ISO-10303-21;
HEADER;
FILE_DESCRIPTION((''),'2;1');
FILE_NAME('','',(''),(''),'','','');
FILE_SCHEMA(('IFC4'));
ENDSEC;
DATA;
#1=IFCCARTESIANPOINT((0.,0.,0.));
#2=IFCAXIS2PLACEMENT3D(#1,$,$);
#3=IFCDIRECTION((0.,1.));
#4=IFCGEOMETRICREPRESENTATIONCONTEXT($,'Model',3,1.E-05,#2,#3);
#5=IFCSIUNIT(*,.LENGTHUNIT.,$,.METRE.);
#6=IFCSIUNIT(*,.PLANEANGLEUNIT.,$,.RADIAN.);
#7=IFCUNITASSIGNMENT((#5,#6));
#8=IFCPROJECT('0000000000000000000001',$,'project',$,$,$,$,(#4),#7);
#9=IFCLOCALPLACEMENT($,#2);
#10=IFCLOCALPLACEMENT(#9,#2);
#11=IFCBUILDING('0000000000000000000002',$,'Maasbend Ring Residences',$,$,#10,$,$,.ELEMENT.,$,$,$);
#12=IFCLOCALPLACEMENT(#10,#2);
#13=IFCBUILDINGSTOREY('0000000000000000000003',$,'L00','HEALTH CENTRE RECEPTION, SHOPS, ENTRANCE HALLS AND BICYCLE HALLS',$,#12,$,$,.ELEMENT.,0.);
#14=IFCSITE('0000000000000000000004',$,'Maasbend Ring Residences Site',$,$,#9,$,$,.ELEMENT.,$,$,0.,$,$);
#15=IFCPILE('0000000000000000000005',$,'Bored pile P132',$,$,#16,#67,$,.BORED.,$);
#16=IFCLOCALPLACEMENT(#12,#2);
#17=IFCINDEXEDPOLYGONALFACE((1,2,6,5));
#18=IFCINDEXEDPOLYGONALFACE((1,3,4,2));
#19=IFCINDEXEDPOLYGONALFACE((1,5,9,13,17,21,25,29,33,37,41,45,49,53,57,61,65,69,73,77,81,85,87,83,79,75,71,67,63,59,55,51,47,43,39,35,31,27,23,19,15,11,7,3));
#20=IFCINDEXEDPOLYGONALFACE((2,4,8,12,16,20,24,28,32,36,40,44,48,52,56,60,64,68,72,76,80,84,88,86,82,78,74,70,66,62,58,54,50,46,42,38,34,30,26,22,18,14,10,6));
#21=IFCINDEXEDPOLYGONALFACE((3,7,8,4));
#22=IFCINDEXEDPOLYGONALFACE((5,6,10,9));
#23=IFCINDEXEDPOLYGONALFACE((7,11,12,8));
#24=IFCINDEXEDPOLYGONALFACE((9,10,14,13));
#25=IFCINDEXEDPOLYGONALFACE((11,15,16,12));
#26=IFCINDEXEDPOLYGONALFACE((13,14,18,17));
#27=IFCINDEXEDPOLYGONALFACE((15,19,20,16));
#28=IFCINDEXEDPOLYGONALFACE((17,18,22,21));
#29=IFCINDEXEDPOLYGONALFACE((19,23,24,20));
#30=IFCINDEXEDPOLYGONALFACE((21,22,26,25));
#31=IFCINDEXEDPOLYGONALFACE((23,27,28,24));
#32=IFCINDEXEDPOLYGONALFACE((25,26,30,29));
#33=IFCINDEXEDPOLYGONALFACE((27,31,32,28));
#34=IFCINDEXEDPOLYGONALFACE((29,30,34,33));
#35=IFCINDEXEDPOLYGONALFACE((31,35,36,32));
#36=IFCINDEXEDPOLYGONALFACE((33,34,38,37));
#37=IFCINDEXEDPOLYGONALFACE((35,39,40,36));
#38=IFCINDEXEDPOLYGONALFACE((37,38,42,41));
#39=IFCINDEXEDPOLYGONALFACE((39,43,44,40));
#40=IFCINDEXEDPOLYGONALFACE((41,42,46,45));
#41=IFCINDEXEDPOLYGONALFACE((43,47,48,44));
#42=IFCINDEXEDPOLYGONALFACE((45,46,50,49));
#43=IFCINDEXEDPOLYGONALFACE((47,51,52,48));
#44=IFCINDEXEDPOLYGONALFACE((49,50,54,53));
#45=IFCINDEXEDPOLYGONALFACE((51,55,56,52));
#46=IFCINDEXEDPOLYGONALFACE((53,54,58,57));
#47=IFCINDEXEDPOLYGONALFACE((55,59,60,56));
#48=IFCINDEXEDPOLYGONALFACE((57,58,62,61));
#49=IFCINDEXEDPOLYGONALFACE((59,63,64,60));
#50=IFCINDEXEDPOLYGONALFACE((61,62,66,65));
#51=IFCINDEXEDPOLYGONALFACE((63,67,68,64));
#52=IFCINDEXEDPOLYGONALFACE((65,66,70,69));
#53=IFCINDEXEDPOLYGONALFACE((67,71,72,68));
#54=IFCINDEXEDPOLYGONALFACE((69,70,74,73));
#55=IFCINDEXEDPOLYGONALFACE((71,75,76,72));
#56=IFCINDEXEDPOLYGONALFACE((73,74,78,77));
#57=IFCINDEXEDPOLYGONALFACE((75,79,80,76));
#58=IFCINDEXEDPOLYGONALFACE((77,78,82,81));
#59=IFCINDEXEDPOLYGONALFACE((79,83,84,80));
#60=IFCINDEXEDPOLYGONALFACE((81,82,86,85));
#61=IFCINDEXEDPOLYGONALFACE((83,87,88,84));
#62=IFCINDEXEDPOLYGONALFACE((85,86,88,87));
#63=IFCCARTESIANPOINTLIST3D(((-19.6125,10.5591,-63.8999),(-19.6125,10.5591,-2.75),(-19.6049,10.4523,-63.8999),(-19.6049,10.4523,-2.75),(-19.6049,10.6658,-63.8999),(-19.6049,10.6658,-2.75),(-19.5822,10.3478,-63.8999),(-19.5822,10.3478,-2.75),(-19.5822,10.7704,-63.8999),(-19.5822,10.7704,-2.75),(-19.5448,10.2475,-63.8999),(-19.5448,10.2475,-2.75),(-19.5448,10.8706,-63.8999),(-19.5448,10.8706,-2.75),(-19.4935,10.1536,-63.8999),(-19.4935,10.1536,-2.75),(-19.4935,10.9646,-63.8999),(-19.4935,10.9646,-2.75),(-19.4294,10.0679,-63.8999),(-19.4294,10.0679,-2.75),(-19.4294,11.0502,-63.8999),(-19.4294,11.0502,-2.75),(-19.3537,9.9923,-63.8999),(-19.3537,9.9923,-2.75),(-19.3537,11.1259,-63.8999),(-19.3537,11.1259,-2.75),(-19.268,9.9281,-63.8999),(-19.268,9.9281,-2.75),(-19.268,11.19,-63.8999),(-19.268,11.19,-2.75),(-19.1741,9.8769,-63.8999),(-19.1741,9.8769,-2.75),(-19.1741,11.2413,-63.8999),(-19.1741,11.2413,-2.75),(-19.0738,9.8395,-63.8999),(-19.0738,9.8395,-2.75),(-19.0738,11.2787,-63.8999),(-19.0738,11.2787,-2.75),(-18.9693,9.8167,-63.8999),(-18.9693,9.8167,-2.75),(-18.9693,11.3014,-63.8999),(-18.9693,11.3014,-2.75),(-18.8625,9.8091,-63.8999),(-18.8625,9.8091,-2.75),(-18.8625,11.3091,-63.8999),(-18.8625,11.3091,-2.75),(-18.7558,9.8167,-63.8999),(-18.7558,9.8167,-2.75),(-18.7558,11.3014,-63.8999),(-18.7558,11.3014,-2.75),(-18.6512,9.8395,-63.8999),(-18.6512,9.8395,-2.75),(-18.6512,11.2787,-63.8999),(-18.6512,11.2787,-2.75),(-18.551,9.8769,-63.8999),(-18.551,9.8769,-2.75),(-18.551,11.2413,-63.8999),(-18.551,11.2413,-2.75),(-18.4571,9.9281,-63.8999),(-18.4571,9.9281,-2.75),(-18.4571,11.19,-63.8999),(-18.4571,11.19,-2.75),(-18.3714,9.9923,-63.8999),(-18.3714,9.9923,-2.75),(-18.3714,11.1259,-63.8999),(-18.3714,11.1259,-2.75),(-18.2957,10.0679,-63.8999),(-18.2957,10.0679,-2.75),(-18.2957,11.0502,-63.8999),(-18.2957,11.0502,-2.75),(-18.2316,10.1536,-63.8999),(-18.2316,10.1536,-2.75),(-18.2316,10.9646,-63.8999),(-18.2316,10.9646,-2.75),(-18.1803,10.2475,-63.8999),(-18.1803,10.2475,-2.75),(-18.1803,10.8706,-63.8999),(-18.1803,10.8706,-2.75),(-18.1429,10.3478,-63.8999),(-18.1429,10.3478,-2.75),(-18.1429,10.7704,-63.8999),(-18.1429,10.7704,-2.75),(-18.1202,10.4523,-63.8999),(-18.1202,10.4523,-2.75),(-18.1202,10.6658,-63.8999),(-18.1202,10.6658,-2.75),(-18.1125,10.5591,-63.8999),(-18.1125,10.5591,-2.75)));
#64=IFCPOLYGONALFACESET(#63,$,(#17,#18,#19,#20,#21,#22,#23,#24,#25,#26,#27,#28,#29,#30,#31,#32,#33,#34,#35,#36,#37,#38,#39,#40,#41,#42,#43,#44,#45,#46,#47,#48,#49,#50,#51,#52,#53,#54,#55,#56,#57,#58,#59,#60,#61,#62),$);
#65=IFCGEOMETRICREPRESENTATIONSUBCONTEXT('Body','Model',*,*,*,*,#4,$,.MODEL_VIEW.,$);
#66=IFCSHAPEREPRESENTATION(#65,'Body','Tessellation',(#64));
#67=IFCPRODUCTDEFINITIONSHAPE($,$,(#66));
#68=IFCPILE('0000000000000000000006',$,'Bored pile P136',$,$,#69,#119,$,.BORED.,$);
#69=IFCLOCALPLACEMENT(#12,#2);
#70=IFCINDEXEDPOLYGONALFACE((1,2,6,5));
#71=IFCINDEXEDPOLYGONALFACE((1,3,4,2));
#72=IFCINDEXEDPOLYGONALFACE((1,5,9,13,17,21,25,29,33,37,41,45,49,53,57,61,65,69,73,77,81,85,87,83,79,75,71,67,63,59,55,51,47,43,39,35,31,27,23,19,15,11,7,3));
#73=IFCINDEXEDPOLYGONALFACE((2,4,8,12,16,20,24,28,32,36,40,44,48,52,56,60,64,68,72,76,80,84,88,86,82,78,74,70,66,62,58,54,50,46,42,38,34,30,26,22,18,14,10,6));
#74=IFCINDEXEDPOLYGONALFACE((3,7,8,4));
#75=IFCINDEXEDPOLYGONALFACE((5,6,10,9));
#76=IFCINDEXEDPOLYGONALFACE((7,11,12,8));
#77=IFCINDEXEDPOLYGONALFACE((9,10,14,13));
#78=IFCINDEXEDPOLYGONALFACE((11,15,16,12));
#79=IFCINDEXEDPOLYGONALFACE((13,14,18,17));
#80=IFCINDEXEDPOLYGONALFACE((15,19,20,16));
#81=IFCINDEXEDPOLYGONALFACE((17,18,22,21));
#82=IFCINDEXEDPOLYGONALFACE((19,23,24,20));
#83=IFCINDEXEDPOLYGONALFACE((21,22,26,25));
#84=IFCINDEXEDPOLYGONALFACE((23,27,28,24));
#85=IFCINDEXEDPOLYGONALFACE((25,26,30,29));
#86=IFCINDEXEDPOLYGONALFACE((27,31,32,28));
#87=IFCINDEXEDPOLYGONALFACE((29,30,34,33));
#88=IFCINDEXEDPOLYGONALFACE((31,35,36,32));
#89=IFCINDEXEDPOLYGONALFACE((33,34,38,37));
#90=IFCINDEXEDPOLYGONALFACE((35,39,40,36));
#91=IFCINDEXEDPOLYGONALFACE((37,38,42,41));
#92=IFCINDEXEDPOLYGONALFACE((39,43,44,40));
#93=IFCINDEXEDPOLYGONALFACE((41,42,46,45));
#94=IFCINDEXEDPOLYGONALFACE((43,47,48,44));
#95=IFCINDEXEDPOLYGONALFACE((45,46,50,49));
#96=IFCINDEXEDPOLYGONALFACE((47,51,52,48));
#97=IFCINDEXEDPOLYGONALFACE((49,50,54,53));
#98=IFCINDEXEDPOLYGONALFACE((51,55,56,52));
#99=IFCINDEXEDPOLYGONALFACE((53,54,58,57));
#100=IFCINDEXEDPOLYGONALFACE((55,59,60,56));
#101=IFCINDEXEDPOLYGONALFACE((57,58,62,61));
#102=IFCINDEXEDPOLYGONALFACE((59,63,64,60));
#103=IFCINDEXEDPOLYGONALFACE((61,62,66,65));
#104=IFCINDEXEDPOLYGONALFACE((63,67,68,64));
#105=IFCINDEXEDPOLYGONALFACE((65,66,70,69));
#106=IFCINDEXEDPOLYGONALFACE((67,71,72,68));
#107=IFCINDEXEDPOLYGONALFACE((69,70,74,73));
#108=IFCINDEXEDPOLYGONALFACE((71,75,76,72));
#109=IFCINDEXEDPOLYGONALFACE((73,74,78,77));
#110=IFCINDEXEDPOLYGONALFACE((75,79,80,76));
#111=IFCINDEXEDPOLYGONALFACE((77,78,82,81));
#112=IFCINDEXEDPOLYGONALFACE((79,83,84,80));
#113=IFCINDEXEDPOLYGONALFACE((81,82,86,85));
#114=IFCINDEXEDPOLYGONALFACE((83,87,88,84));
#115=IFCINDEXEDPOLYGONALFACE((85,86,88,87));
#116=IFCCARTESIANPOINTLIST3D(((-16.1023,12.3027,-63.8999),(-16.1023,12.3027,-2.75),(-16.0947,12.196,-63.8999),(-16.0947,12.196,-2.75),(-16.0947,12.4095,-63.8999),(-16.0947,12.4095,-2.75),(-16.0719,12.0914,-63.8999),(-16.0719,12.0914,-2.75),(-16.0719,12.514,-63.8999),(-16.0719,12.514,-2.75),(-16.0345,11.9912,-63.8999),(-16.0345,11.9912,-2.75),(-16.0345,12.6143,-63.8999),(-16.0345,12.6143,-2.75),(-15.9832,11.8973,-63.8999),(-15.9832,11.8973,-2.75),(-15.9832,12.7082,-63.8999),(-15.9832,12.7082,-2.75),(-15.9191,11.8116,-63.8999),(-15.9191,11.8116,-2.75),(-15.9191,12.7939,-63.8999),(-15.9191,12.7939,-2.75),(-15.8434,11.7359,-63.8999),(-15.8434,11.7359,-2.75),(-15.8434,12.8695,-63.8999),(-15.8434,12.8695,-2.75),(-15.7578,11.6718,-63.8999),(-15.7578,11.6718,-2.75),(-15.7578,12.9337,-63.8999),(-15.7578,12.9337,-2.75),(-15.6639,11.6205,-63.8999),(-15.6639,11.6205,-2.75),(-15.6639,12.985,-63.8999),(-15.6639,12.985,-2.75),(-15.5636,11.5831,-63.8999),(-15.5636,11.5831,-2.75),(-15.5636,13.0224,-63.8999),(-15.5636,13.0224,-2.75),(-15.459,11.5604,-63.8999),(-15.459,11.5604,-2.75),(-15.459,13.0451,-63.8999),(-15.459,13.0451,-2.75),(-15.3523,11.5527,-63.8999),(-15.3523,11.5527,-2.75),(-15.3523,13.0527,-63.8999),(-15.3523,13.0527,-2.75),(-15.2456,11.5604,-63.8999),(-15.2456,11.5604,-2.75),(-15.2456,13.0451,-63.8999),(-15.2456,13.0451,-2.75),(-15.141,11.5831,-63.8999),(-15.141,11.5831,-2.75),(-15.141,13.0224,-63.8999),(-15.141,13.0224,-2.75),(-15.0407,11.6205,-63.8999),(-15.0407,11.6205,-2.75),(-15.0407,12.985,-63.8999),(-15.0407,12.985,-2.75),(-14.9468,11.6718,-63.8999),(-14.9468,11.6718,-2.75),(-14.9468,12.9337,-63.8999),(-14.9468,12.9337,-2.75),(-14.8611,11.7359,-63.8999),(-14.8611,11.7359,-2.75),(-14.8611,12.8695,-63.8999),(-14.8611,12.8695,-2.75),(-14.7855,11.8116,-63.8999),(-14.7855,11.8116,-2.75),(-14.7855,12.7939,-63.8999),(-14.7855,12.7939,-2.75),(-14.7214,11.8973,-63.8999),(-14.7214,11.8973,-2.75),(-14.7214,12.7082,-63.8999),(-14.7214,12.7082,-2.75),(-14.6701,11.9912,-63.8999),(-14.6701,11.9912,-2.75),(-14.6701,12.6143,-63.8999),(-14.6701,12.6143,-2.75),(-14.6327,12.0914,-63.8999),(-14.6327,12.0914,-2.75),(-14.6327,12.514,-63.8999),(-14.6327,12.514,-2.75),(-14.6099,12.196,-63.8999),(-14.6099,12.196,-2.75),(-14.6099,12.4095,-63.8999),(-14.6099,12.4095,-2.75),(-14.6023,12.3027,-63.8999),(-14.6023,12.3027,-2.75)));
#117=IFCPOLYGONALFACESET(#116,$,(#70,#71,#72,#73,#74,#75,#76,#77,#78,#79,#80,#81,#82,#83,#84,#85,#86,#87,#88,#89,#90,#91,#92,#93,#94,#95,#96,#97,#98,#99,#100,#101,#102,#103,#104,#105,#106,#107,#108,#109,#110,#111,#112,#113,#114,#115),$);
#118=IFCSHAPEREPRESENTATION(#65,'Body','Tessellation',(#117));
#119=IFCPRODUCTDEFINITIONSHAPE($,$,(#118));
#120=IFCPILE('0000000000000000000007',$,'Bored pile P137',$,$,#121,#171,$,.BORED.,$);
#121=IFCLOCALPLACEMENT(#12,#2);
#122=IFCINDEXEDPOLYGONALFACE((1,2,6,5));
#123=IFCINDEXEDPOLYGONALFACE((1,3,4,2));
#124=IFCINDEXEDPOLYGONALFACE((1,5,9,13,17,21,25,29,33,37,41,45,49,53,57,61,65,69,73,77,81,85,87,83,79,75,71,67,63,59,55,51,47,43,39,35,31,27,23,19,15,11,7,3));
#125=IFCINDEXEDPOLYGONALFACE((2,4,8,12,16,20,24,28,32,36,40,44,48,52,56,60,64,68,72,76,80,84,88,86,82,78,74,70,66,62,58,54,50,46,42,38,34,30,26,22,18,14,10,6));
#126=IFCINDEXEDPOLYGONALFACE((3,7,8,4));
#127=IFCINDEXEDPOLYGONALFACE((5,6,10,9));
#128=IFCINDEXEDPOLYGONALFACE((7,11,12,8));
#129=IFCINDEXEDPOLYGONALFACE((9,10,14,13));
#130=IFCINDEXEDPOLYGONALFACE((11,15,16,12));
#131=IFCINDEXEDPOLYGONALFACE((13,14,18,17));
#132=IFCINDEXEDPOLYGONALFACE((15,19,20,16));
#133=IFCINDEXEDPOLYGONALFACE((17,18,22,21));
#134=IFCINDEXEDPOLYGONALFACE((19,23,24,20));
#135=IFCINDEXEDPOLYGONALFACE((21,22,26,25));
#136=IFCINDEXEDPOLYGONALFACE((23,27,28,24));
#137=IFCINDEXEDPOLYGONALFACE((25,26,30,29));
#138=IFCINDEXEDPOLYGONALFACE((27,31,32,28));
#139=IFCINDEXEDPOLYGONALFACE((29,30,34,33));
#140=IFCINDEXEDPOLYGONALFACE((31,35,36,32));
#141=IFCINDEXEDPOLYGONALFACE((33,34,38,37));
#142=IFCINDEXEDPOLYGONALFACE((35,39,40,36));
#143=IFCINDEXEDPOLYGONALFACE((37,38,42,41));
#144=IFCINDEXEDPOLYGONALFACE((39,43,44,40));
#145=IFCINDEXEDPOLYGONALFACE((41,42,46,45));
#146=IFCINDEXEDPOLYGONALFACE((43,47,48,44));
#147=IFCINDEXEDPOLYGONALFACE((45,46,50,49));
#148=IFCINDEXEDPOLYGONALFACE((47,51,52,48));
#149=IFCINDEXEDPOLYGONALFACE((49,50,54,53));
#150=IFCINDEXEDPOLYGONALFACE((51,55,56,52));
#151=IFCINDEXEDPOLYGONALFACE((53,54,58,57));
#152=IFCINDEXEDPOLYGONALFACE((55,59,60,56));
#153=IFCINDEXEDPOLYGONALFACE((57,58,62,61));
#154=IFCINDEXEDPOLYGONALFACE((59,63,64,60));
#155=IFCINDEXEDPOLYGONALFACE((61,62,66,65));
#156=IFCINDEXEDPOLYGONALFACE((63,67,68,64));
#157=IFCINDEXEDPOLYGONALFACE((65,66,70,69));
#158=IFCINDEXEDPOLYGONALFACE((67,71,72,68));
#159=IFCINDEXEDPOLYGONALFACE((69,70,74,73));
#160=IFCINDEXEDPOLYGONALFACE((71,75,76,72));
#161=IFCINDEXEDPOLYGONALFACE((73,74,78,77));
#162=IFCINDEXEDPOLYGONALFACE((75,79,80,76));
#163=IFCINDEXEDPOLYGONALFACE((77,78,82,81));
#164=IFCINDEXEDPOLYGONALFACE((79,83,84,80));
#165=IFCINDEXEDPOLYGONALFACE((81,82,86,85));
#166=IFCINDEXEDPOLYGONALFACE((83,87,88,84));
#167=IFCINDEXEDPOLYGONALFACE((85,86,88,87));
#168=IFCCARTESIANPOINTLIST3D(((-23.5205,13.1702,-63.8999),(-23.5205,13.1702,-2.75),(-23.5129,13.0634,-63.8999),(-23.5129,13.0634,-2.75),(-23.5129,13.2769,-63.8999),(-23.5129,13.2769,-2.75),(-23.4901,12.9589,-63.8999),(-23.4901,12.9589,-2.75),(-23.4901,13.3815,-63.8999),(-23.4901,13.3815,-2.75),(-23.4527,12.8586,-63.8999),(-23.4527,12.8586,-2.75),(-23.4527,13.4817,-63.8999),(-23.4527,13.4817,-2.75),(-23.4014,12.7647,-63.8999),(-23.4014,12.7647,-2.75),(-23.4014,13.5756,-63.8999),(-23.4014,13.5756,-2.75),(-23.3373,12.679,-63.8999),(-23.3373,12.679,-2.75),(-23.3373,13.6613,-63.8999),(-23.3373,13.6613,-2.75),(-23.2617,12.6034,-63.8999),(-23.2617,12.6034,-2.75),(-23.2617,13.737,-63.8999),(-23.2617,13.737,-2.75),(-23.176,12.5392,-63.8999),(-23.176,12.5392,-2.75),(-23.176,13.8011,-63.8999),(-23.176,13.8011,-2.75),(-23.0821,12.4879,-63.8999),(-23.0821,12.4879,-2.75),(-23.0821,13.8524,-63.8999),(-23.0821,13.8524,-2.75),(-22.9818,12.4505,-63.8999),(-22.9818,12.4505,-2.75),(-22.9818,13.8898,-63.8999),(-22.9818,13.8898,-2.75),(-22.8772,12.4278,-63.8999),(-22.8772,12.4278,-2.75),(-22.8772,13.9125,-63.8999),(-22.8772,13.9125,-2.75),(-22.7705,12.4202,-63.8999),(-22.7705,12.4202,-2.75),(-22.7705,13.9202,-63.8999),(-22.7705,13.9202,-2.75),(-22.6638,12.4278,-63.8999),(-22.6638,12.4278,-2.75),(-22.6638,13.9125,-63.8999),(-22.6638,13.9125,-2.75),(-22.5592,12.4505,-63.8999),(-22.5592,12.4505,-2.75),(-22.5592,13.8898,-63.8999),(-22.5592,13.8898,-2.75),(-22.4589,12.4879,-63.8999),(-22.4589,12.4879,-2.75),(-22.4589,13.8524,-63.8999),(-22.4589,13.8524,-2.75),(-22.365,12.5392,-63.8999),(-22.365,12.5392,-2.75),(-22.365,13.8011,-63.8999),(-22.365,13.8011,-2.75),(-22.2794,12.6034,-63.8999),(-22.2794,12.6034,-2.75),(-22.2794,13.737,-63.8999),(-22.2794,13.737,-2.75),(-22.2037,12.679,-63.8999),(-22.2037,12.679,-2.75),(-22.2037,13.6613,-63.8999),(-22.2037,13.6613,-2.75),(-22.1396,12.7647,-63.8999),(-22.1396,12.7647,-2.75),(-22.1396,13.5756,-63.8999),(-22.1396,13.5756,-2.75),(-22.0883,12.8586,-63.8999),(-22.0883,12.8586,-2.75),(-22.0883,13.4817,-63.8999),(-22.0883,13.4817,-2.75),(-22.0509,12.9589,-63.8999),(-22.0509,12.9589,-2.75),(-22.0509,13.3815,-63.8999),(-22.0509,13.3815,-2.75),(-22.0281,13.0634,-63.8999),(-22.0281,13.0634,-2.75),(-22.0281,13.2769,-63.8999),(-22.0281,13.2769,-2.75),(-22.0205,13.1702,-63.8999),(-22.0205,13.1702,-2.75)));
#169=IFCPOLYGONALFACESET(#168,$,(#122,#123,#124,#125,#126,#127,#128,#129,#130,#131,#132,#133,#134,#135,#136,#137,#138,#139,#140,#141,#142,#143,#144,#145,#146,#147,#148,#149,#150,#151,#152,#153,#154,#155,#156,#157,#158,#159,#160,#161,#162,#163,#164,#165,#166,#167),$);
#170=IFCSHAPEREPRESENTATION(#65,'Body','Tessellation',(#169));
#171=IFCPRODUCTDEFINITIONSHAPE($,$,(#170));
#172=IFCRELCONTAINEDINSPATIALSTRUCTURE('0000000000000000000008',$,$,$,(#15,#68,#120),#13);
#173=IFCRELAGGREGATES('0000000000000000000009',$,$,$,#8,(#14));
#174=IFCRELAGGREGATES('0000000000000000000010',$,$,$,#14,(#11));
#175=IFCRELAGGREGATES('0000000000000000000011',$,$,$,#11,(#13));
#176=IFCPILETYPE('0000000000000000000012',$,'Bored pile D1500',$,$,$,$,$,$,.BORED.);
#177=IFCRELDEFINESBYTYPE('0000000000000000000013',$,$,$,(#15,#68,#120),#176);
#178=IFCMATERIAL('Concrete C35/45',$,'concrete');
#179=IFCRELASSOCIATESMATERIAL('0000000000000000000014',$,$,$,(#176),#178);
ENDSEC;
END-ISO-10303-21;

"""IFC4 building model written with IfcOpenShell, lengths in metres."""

from ifc_helpers import new_model, si_unit, direction, frame, origin, origin_2d, place, context, subcontext, project, spatial, circle, extrude, material, material_profile, profile_set, type_object, element, save


model = new_model("IFC4")

# Units and contexts
model_context = context("Model", 3, precision=1e-05, world=origin(), true_north=direction((0.0, 1.0)))
body_context = subcontext(model_context, "Body", "Model", "MODEL_VIEW")
ifc_project = project(units=[si_unit("LENGTHUNIT", "METRE"), si_unit("PLANEANGLEUNIT", "RADIAN")], contexts=[model_context])

# Site, building, storey
site_placement = place(None, origin())
site = spatial("IfcSite", under=ifc_project, at=site_placement, Name="Maasbend Ring Residences Site", CompositionType="ELEMENT", RefElevation=0.0)
building_placement = place(site_placement, origin())
building = spatial("IfcBuilding", under=site, at=building_placement, Name="Maasbend Ring Residences", CompositionType="ELEMENT")
storey_placement = place(building_placement, origin())
storey = spatial("IfcBuildingStorey", under=building, at=storey_placement, Name="L00", Description="HEALTH CENTRE RECEPTION, SHOPS, ENTRANCE HALLS AND BICYCLE HALLS", CompositionType="ELEMENT", Elevation=0.0)

# Piles
ifc_material_1 = material(Name="Concrete C35/45", Category="concrete")
ifc_material_profile_1 = material_profile(ifc_material_1, circle(Radius=0.75, at=origin_2d()), Name="Bored pile D1500")
ifc_profile_set_1 = profile_set([ifc_material_profile_1], Name="Concrete C35/45")
pile_type = type_object("IfcPileType", Name="Bored pile D1500", PredefinedType="BORED", material=ifc_profile_set_1)
for number, where, z_axis, x_axis, name in (
    (1, (-18.8625, 10.5591, -2.75), (0.0, 0.0, -1.0), (1.0, 0.0, 0.0), "Bored pile P132"),
    (2, (-15.3523, 12.3027, -2.75), (0.0, 0.0, -1.0), (1.0, 0.0, 0.0), "Bored pile P136"),
    (3, (-22.7705, 13.1702, -2.75), (0.0, 0.0, -1.0), (1.0, 0.0, 0.0), "Bored pile P137"),
):
    element("IfcPile", number, at=place(storey_placement, frame(where, z_axis=z_axis, x_axis=x_axis)), inside=storey, type_object=pile_type, Name=name, PredefinedType="BORED", context=body_context, shape_type="SweptSolid", body=[
        extrude(circle(Radius=0.75, at=origin_2d()), origin(), (0.0, 0.0, 1.0), 61.1499),
    ])

save(model, "model.ifc")
